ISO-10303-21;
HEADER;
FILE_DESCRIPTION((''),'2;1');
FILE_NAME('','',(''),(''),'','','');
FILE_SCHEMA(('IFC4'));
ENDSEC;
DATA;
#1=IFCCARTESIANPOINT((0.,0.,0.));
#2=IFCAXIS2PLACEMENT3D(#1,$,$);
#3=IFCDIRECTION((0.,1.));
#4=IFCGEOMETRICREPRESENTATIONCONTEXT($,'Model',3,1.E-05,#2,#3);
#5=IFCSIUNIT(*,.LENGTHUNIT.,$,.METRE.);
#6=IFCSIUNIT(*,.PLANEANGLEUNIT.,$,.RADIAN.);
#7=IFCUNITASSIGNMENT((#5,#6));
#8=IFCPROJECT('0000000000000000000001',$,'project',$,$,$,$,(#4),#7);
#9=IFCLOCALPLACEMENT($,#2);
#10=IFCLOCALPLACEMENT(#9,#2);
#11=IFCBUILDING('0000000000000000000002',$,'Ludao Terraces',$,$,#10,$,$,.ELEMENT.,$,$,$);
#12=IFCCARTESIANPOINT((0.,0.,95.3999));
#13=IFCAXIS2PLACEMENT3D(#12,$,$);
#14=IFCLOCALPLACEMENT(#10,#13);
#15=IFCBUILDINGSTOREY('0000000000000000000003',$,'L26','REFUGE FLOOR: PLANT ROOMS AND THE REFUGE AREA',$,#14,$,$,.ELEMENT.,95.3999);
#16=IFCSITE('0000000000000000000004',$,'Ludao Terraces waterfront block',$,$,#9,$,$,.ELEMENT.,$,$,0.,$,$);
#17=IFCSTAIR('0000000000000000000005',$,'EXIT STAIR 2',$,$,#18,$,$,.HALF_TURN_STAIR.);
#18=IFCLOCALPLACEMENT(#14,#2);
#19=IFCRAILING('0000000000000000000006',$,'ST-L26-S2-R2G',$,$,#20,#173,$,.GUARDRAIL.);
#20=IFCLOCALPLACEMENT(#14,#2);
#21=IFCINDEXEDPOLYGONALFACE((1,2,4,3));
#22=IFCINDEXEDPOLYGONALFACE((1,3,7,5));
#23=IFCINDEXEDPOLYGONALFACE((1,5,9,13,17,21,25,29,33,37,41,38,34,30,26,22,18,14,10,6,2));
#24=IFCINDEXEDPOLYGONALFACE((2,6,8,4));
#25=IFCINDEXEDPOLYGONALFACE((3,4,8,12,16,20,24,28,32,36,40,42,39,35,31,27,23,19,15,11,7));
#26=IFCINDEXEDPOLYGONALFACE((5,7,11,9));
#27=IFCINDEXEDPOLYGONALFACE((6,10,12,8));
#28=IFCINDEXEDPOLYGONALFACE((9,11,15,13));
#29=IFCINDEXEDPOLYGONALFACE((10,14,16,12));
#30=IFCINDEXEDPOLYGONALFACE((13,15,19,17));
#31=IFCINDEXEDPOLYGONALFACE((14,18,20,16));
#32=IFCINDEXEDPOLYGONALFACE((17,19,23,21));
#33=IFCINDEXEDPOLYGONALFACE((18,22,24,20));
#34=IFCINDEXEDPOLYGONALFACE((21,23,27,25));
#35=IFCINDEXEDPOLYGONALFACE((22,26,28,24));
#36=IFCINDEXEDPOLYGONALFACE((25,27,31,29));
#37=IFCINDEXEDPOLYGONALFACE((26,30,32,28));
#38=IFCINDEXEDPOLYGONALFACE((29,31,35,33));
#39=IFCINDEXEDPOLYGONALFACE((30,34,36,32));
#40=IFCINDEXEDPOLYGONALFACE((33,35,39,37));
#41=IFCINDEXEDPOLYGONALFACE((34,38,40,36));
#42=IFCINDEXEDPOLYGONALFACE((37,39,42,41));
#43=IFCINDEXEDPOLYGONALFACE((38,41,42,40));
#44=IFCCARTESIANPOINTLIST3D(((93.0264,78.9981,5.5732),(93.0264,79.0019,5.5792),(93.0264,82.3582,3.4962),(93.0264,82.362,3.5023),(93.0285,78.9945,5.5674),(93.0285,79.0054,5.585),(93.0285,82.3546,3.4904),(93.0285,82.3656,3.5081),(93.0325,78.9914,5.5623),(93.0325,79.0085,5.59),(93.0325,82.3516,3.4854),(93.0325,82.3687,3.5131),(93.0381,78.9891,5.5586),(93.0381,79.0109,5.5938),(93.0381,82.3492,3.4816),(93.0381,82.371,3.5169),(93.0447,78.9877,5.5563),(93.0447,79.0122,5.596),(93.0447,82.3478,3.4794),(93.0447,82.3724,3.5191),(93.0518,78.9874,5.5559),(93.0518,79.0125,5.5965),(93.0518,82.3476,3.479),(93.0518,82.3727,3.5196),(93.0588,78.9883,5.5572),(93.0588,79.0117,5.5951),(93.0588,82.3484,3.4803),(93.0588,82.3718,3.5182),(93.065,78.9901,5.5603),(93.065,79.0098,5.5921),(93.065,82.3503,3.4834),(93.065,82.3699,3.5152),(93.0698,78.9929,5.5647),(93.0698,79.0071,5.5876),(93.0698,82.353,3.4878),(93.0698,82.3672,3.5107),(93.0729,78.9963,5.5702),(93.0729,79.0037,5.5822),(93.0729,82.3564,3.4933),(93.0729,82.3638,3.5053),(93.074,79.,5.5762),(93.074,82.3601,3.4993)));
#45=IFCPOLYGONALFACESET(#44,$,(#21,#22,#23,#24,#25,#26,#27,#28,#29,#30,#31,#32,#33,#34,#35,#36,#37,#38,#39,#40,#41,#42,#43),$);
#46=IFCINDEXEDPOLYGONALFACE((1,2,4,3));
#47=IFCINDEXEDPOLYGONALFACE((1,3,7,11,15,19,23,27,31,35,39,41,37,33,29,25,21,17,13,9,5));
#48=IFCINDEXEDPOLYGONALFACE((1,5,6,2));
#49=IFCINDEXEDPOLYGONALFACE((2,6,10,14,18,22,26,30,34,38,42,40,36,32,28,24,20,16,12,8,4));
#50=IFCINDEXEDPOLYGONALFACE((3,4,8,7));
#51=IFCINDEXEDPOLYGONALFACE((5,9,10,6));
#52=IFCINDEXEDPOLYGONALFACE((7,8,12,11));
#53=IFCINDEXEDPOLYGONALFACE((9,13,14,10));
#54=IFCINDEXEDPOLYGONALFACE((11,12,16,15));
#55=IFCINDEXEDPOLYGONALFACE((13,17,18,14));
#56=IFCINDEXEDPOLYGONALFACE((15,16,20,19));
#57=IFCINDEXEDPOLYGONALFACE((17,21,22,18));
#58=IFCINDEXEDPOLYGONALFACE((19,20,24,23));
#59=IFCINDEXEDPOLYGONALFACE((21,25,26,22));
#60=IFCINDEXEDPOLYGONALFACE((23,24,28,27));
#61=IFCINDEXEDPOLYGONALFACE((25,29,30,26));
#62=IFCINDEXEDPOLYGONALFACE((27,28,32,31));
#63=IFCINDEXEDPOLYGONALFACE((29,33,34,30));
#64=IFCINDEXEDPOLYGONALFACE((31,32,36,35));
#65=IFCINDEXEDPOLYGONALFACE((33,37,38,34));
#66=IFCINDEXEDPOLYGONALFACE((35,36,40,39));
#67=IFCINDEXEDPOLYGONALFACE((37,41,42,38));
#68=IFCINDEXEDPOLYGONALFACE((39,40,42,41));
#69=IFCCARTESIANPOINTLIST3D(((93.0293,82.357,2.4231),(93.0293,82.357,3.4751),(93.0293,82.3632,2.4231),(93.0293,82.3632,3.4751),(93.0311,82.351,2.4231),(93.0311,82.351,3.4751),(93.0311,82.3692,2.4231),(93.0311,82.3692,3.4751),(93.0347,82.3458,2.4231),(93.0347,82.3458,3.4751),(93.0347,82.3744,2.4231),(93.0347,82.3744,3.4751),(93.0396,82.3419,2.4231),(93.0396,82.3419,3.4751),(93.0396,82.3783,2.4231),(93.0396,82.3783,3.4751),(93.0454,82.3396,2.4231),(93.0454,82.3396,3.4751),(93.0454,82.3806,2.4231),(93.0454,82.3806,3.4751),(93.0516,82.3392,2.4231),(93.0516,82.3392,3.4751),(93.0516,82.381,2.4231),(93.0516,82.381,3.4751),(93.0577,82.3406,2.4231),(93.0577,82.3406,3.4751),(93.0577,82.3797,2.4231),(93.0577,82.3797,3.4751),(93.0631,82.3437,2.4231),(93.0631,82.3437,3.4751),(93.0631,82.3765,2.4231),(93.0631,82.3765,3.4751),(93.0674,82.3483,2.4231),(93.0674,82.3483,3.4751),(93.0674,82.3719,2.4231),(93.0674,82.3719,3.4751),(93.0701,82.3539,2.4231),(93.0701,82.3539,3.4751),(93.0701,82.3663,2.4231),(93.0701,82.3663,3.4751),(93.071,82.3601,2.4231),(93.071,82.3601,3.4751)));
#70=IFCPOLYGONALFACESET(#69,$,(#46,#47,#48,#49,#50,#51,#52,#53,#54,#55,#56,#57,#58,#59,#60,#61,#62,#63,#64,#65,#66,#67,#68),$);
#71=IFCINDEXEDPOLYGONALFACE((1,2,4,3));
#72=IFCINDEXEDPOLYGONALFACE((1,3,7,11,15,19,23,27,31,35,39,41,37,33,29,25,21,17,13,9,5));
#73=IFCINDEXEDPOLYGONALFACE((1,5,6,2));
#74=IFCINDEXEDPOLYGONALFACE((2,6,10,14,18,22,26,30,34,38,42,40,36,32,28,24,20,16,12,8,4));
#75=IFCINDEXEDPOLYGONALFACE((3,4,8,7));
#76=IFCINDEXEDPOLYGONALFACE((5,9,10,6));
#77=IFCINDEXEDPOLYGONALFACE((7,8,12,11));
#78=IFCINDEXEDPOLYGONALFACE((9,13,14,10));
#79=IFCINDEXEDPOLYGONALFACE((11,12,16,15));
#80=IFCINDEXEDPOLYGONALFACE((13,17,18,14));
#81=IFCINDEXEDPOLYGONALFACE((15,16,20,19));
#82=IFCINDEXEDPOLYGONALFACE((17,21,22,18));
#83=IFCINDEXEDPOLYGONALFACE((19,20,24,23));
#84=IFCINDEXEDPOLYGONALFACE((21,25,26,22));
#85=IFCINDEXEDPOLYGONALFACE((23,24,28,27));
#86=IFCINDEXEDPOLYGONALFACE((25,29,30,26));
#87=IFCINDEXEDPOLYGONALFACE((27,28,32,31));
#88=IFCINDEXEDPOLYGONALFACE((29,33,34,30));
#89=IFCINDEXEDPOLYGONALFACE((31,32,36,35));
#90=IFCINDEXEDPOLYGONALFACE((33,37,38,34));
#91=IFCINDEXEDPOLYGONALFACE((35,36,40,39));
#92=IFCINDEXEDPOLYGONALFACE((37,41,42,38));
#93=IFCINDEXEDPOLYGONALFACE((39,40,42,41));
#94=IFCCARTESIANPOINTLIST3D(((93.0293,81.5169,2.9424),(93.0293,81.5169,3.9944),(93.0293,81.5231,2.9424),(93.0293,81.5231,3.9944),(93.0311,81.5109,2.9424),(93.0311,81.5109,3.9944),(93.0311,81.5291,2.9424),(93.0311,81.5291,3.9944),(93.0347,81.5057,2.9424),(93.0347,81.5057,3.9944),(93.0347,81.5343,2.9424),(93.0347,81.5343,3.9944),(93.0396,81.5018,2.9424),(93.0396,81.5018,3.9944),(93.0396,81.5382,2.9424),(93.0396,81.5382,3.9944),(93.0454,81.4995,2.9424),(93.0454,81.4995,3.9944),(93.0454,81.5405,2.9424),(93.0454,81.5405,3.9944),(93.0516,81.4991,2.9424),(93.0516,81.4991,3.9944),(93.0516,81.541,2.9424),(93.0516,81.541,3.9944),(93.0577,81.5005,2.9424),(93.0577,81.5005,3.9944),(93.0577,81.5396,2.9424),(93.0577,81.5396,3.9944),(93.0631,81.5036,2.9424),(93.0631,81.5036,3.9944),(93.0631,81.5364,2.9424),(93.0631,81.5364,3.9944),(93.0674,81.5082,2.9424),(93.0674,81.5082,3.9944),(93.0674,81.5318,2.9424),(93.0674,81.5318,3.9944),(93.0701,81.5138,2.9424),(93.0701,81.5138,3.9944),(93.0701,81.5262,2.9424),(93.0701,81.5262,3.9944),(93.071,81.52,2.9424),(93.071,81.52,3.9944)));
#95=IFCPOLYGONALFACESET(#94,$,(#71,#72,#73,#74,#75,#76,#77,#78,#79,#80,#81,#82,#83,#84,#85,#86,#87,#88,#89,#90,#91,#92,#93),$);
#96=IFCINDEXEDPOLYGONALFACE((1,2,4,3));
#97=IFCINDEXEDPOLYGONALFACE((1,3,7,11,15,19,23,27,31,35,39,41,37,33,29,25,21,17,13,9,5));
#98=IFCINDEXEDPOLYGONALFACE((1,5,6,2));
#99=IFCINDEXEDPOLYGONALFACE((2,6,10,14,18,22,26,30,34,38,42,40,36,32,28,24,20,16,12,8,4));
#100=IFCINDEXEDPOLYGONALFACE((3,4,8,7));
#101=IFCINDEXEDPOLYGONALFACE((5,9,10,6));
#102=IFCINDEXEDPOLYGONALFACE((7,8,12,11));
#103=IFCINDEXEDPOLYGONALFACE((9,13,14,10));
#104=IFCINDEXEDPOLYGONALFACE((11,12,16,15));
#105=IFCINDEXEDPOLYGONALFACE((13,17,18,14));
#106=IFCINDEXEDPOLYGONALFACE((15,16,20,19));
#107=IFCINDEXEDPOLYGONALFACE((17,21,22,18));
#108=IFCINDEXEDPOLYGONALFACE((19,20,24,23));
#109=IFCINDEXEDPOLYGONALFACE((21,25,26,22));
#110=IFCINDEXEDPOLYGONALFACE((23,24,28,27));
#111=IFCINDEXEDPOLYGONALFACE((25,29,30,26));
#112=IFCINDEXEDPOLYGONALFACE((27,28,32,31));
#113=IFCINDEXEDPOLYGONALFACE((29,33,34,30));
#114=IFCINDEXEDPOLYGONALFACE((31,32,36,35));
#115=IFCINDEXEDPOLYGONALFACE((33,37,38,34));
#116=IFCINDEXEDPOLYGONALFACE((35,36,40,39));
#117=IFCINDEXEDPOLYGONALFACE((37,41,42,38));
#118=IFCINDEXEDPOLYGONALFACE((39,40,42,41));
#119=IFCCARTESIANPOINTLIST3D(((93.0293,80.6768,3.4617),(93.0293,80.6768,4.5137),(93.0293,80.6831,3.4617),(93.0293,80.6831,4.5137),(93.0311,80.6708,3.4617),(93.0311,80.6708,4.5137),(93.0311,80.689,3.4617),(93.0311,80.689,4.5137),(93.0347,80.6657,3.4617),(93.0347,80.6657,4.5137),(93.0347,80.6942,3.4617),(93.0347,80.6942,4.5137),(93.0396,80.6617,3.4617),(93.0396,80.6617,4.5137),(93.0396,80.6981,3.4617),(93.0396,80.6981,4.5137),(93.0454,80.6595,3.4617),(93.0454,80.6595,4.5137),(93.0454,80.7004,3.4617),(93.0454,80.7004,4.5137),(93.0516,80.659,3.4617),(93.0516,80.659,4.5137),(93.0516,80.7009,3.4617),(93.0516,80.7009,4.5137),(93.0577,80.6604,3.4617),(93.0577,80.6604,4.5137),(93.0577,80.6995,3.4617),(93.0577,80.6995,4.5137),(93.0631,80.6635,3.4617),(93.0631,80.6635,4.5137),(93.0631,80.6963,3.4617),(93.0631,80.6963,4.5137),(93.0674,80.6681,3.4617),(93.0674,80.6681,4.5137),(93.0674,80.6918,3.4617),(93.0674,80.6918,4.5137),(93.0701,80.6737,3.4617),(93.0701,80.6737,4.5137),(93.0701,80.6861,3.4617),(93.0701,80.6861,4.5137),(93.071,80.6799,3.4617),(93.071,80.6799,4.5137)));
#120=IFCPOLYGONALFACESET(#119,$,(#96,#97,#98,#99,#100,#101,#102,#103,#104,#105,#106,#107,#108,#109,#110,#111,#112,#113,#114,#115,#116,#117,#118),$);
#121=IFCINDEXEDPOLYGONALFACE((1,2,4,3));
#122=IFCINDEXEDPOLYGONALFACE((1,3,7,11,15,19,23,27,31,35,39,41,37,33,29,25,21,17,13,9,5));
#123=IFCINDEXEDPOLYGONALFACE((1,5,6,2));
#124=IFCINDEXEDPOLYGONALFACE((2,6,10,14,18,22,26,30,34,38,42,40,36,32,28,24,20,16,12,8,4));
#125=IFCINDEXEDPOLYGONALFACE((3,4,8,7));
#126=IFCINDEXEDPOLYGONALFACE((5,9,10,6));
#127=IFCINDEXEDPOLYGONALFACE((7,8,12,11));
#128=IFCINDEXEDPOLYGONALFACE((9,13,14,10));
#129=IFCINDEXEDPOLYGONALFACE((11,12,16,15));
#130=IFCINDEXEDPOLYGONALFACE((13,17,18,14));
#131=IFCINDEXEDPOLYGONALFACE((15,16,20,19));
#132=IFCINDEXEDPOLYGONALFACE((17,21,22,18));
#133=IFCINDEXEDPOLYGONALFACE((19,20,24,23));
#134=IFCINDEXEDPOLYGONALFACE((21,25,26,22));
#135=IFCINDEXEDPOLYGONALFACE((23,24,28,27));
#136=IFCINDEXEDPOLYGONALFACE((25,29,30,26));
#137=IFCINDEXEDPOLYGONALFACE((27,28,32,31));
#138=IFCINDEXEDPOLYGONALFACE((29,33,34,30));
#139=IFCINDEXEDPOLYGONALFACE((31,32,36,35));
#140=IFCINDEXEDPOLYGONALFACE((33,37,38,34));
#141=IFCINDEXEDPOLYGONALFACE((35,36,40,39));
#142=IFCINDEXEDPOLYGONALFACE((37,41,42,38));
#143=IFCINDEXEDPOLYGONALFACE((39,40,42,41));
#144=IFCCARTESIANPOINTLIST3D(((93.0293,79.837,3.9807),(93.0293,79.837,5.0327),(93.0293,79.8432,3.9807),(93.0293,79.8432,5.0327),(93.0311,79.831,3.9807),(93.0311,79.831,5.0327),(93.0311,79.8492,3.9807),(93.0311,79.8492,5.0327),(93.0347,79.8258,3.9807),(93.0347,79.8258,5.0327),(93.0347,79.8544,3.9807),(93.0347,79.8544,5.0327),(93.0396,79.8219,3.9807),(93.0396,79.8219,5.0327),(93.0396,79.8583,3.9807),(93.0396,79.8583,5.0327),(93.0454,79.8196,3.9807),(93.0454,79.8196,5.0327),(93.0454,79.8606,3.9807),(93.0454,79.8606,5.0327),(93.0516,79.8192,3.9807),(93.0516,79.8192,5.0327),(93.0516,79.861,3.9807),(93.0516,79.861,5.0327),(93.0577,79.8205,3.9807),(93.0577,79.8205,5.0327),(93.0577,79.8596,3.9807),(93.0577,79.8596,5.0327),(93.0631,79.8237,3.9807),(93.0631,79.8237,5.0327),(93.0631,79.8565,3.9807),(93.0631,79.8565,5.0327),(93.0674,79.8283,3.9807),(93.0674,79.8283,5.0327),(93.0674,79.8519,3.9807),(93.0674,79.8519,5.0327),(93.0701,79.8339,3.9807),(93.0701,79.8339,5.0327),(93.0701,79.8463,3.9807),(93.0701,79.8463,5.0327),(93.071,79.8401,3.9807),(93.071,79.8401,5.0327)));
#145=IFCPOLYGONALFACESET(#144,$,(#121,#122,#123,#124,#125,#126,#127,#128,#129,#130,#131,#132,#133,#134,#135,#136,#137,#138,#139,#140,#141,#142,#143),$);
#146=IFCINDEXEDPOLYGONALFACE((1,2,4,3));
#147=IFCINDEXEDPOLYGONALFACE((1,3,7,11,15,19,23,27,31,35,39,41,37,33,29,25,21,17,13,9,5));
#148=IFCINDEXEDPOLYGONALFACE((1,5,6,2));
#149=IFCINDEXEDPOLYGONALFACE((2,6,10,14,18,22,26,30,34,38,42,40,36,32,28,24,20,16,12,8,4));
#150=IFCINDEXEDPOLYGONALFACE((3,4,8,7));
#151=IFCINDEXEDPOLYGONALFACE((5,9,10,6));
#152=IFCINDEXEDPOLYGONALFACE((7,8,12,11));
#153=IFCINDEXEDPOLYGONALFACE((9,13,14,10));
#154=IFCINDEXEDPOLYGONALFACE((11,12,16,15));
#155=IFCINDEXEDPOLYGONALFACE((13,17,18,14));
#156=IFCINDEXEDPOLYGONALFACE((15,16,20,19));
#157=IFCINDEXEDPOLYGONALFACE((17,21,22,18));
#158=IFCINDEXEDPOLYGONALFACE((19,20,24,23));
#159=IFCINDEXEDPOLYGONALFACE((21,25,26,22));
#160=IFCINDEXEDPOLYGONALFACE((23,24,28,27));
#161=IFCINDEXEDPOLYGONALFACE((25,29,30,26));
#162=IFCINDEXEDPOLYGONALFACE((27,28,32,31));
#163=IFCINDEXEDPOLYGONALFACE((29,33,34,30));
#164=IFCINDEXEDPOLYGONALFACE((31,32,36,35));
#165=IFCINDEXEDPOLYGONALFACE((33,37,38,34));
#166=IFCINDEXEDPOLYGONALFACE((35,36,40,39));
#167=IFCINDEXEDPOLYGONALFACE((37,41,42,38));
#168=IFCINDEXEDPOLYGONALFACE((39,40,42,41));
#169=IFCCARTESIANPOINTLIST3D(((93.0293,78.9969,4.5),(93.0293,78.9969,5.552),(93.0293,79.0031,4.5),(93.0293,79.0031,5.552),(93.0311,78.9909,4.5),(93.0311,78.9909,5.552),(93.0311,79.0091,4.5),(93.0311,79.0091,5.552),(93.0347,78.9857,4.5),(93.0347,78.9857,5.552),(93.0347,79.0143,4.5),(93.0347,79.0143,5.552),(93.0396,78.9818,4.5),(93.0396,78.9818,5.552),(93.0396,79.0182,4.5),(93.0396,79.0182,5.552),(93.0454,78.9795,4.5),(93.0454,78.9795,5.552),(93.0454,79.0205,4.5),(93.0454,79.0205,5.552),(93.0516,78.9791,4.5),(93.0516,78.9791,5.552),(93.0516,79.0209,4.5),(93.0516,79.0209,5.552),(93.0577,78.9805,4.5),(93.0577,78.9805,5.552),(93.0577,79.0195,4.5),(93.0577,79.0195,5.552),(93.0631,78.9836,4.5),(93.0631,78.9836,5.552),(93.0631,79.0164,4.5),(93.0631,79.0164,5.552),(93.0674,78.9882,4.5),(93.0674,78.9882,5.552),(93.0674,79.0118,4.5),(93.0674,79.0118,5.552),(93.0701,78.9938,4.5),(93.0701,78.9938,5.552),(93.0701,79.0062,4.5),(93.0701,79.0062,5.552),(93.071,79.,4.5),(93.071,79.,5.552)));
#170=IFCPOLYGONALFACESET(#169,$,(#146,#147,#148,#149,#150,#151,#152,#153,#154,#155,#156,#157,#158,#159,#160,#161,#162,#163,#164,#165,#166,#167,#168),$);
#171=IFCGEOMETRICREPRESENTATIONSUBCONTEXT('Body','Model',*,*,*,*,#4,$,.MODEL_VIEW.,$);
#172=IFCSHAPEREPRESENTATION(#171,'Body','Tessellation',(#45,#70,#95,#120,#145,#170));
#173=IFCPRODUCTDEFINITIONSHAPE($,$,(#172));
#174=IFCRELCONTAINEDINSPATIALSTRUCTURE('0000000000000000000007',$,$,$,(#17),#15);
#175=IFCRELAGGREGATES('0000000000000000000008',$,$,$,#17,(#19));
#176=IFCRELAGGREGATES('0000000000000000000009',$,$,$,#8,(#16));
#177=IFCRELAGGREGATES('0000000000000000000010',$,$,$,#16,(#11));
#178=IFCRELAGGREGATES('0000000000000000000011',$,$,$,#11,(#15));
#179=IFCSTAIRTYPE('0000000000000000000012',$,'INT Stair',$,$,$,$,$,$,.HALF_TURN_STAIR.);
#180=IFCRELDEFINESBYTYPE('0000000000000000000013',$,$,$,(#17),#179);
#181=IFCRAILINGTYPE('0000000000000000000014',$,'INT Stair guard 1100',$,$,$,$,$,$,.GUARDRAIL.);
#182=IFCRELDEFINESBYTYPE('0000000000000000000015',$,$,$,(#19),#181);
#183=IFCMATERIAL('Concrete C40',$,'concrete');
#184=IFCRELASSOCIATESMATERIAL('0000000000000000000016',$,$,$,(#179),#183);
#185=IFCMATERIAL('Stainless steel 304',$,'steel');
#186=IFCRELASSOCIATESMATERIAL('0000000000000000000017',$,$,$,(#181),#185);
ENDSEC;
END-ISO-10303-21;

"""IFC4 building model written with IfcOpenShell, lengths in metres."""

from ifc_helpers import new_model, si_unit, direction, frame, origin, origin_2d, place, context, subcontext, project, spatial, circle, extrude, material, type_object, element, aggregate, save


model = new_model("IFC4")

# Units and contexts
model_context = context("Model", 3, precision=1e-05, world=origin(), true_north=direction((0.0, 1.0)))
body_context = subcontext(model_context, "Body", "Model", "MODEL_VIEW")
ifc_project = project(units=[si_unit("LENGTHUNIT", "METRE"), si_unit("PLANEANGLEUNIT", "RADIAN")], contexts=[model_context])

# Site, building, storey
site_placement = place(None, origin())
site = spatial("IfcSite", under=ifc_project, at=site_placement, Name="Ludao Terraces waterfront block", CompositionType="ELEMENT", RefElevation=0.0)
building_placement = place(site_placement, origin())
building = spatial("IfcBuilding", under=site, at=building_placement, Name="Ludao Terraces", CompositionType="ELEMENT")
storey_placement = place(building_placement, frame((0.0, 0.0, 95.3999)))
storey = spatial("IfcBuildingStorey", under=building, at=storey_placement, Name="L26", Description="REFUGE FLOOR: PLANT ROOMS AND THE REFUGE AREA", CompositionType="ELEMENT", Elevation=95.3999)

# Stair, railing
ifc_material_1 = material(Name="Concrete C40", Category="concrete")
stair_type = type_object("IfcStairType", Name="INT Stair", PredefinedType="HALF_TURN_STAIR", material=ifc_material_1)
stair_placement = place(storey_placement, origin())
stair = element("IfcStair", 1, at=stair_placement, inside=storey, type_object=stair_type, Name="EXIT STAIR 2", PredefinedType="HALF_TURN_STAIR")
ifc_material_2 = material(Name="Stainless steel 304", Category="steel")
railing_type_1 = type_object("IfcRailingType", Name="INT Stair guard 1100", PredefinedType="GUARDRAIL", material=ifc_material_2)
railing_1_placement = place(storey_placement, frame((93.05, 82.3601, 2.4231)))
railing_1 = element("IfcRailing", 2, at=railing_1_placement, type_object=railing_type_1, Name="ST-L26-S2-R2G", PredefinedType="GUARDRAIL", context=body_context, shape_type="SweptSolid", body=[
    extrude(circle(Radius=0.0239, at=origin_2d()), frame((0.0, 0.0, 1.0762), z_axis=(0.0, -0.850623, 0.525776), x_axis=(1.0, 0.0, 0.0)), (0.0, 0.0, 1.0), 3.9502),
    extrude(circle(Radius=0.021, at=origin_2d()), origin(), (0.0, 0.0, 1.0), 1.052),
    extrude(circle(Radius=0.021, at=origin_2d()), frame((0.0, -0.8401, 0.5193)), (0.0, 0.0, 1.0), 1.052),
    extrude(circle(Radius=0.021, at=origin_2d()), frame((0.0, -1.6802, 1.0386)), (0.0, 0.0, 1.0), 1.052),
    extrude(circle(Radius=0.021, at=origin_2d()), frame((0.0, -2.52, 1.5576)), (0.0, 0.0, 1.0), 1.052),
    extrude(circle(Radius=0.021, at=origin_2d()), frame((0.0, -3.3601, 2.0769)), (0.0, 0.0, 1.0), 1.052),
])
aggregate(stair, [railing_1])

save(model, "model.ifc")
